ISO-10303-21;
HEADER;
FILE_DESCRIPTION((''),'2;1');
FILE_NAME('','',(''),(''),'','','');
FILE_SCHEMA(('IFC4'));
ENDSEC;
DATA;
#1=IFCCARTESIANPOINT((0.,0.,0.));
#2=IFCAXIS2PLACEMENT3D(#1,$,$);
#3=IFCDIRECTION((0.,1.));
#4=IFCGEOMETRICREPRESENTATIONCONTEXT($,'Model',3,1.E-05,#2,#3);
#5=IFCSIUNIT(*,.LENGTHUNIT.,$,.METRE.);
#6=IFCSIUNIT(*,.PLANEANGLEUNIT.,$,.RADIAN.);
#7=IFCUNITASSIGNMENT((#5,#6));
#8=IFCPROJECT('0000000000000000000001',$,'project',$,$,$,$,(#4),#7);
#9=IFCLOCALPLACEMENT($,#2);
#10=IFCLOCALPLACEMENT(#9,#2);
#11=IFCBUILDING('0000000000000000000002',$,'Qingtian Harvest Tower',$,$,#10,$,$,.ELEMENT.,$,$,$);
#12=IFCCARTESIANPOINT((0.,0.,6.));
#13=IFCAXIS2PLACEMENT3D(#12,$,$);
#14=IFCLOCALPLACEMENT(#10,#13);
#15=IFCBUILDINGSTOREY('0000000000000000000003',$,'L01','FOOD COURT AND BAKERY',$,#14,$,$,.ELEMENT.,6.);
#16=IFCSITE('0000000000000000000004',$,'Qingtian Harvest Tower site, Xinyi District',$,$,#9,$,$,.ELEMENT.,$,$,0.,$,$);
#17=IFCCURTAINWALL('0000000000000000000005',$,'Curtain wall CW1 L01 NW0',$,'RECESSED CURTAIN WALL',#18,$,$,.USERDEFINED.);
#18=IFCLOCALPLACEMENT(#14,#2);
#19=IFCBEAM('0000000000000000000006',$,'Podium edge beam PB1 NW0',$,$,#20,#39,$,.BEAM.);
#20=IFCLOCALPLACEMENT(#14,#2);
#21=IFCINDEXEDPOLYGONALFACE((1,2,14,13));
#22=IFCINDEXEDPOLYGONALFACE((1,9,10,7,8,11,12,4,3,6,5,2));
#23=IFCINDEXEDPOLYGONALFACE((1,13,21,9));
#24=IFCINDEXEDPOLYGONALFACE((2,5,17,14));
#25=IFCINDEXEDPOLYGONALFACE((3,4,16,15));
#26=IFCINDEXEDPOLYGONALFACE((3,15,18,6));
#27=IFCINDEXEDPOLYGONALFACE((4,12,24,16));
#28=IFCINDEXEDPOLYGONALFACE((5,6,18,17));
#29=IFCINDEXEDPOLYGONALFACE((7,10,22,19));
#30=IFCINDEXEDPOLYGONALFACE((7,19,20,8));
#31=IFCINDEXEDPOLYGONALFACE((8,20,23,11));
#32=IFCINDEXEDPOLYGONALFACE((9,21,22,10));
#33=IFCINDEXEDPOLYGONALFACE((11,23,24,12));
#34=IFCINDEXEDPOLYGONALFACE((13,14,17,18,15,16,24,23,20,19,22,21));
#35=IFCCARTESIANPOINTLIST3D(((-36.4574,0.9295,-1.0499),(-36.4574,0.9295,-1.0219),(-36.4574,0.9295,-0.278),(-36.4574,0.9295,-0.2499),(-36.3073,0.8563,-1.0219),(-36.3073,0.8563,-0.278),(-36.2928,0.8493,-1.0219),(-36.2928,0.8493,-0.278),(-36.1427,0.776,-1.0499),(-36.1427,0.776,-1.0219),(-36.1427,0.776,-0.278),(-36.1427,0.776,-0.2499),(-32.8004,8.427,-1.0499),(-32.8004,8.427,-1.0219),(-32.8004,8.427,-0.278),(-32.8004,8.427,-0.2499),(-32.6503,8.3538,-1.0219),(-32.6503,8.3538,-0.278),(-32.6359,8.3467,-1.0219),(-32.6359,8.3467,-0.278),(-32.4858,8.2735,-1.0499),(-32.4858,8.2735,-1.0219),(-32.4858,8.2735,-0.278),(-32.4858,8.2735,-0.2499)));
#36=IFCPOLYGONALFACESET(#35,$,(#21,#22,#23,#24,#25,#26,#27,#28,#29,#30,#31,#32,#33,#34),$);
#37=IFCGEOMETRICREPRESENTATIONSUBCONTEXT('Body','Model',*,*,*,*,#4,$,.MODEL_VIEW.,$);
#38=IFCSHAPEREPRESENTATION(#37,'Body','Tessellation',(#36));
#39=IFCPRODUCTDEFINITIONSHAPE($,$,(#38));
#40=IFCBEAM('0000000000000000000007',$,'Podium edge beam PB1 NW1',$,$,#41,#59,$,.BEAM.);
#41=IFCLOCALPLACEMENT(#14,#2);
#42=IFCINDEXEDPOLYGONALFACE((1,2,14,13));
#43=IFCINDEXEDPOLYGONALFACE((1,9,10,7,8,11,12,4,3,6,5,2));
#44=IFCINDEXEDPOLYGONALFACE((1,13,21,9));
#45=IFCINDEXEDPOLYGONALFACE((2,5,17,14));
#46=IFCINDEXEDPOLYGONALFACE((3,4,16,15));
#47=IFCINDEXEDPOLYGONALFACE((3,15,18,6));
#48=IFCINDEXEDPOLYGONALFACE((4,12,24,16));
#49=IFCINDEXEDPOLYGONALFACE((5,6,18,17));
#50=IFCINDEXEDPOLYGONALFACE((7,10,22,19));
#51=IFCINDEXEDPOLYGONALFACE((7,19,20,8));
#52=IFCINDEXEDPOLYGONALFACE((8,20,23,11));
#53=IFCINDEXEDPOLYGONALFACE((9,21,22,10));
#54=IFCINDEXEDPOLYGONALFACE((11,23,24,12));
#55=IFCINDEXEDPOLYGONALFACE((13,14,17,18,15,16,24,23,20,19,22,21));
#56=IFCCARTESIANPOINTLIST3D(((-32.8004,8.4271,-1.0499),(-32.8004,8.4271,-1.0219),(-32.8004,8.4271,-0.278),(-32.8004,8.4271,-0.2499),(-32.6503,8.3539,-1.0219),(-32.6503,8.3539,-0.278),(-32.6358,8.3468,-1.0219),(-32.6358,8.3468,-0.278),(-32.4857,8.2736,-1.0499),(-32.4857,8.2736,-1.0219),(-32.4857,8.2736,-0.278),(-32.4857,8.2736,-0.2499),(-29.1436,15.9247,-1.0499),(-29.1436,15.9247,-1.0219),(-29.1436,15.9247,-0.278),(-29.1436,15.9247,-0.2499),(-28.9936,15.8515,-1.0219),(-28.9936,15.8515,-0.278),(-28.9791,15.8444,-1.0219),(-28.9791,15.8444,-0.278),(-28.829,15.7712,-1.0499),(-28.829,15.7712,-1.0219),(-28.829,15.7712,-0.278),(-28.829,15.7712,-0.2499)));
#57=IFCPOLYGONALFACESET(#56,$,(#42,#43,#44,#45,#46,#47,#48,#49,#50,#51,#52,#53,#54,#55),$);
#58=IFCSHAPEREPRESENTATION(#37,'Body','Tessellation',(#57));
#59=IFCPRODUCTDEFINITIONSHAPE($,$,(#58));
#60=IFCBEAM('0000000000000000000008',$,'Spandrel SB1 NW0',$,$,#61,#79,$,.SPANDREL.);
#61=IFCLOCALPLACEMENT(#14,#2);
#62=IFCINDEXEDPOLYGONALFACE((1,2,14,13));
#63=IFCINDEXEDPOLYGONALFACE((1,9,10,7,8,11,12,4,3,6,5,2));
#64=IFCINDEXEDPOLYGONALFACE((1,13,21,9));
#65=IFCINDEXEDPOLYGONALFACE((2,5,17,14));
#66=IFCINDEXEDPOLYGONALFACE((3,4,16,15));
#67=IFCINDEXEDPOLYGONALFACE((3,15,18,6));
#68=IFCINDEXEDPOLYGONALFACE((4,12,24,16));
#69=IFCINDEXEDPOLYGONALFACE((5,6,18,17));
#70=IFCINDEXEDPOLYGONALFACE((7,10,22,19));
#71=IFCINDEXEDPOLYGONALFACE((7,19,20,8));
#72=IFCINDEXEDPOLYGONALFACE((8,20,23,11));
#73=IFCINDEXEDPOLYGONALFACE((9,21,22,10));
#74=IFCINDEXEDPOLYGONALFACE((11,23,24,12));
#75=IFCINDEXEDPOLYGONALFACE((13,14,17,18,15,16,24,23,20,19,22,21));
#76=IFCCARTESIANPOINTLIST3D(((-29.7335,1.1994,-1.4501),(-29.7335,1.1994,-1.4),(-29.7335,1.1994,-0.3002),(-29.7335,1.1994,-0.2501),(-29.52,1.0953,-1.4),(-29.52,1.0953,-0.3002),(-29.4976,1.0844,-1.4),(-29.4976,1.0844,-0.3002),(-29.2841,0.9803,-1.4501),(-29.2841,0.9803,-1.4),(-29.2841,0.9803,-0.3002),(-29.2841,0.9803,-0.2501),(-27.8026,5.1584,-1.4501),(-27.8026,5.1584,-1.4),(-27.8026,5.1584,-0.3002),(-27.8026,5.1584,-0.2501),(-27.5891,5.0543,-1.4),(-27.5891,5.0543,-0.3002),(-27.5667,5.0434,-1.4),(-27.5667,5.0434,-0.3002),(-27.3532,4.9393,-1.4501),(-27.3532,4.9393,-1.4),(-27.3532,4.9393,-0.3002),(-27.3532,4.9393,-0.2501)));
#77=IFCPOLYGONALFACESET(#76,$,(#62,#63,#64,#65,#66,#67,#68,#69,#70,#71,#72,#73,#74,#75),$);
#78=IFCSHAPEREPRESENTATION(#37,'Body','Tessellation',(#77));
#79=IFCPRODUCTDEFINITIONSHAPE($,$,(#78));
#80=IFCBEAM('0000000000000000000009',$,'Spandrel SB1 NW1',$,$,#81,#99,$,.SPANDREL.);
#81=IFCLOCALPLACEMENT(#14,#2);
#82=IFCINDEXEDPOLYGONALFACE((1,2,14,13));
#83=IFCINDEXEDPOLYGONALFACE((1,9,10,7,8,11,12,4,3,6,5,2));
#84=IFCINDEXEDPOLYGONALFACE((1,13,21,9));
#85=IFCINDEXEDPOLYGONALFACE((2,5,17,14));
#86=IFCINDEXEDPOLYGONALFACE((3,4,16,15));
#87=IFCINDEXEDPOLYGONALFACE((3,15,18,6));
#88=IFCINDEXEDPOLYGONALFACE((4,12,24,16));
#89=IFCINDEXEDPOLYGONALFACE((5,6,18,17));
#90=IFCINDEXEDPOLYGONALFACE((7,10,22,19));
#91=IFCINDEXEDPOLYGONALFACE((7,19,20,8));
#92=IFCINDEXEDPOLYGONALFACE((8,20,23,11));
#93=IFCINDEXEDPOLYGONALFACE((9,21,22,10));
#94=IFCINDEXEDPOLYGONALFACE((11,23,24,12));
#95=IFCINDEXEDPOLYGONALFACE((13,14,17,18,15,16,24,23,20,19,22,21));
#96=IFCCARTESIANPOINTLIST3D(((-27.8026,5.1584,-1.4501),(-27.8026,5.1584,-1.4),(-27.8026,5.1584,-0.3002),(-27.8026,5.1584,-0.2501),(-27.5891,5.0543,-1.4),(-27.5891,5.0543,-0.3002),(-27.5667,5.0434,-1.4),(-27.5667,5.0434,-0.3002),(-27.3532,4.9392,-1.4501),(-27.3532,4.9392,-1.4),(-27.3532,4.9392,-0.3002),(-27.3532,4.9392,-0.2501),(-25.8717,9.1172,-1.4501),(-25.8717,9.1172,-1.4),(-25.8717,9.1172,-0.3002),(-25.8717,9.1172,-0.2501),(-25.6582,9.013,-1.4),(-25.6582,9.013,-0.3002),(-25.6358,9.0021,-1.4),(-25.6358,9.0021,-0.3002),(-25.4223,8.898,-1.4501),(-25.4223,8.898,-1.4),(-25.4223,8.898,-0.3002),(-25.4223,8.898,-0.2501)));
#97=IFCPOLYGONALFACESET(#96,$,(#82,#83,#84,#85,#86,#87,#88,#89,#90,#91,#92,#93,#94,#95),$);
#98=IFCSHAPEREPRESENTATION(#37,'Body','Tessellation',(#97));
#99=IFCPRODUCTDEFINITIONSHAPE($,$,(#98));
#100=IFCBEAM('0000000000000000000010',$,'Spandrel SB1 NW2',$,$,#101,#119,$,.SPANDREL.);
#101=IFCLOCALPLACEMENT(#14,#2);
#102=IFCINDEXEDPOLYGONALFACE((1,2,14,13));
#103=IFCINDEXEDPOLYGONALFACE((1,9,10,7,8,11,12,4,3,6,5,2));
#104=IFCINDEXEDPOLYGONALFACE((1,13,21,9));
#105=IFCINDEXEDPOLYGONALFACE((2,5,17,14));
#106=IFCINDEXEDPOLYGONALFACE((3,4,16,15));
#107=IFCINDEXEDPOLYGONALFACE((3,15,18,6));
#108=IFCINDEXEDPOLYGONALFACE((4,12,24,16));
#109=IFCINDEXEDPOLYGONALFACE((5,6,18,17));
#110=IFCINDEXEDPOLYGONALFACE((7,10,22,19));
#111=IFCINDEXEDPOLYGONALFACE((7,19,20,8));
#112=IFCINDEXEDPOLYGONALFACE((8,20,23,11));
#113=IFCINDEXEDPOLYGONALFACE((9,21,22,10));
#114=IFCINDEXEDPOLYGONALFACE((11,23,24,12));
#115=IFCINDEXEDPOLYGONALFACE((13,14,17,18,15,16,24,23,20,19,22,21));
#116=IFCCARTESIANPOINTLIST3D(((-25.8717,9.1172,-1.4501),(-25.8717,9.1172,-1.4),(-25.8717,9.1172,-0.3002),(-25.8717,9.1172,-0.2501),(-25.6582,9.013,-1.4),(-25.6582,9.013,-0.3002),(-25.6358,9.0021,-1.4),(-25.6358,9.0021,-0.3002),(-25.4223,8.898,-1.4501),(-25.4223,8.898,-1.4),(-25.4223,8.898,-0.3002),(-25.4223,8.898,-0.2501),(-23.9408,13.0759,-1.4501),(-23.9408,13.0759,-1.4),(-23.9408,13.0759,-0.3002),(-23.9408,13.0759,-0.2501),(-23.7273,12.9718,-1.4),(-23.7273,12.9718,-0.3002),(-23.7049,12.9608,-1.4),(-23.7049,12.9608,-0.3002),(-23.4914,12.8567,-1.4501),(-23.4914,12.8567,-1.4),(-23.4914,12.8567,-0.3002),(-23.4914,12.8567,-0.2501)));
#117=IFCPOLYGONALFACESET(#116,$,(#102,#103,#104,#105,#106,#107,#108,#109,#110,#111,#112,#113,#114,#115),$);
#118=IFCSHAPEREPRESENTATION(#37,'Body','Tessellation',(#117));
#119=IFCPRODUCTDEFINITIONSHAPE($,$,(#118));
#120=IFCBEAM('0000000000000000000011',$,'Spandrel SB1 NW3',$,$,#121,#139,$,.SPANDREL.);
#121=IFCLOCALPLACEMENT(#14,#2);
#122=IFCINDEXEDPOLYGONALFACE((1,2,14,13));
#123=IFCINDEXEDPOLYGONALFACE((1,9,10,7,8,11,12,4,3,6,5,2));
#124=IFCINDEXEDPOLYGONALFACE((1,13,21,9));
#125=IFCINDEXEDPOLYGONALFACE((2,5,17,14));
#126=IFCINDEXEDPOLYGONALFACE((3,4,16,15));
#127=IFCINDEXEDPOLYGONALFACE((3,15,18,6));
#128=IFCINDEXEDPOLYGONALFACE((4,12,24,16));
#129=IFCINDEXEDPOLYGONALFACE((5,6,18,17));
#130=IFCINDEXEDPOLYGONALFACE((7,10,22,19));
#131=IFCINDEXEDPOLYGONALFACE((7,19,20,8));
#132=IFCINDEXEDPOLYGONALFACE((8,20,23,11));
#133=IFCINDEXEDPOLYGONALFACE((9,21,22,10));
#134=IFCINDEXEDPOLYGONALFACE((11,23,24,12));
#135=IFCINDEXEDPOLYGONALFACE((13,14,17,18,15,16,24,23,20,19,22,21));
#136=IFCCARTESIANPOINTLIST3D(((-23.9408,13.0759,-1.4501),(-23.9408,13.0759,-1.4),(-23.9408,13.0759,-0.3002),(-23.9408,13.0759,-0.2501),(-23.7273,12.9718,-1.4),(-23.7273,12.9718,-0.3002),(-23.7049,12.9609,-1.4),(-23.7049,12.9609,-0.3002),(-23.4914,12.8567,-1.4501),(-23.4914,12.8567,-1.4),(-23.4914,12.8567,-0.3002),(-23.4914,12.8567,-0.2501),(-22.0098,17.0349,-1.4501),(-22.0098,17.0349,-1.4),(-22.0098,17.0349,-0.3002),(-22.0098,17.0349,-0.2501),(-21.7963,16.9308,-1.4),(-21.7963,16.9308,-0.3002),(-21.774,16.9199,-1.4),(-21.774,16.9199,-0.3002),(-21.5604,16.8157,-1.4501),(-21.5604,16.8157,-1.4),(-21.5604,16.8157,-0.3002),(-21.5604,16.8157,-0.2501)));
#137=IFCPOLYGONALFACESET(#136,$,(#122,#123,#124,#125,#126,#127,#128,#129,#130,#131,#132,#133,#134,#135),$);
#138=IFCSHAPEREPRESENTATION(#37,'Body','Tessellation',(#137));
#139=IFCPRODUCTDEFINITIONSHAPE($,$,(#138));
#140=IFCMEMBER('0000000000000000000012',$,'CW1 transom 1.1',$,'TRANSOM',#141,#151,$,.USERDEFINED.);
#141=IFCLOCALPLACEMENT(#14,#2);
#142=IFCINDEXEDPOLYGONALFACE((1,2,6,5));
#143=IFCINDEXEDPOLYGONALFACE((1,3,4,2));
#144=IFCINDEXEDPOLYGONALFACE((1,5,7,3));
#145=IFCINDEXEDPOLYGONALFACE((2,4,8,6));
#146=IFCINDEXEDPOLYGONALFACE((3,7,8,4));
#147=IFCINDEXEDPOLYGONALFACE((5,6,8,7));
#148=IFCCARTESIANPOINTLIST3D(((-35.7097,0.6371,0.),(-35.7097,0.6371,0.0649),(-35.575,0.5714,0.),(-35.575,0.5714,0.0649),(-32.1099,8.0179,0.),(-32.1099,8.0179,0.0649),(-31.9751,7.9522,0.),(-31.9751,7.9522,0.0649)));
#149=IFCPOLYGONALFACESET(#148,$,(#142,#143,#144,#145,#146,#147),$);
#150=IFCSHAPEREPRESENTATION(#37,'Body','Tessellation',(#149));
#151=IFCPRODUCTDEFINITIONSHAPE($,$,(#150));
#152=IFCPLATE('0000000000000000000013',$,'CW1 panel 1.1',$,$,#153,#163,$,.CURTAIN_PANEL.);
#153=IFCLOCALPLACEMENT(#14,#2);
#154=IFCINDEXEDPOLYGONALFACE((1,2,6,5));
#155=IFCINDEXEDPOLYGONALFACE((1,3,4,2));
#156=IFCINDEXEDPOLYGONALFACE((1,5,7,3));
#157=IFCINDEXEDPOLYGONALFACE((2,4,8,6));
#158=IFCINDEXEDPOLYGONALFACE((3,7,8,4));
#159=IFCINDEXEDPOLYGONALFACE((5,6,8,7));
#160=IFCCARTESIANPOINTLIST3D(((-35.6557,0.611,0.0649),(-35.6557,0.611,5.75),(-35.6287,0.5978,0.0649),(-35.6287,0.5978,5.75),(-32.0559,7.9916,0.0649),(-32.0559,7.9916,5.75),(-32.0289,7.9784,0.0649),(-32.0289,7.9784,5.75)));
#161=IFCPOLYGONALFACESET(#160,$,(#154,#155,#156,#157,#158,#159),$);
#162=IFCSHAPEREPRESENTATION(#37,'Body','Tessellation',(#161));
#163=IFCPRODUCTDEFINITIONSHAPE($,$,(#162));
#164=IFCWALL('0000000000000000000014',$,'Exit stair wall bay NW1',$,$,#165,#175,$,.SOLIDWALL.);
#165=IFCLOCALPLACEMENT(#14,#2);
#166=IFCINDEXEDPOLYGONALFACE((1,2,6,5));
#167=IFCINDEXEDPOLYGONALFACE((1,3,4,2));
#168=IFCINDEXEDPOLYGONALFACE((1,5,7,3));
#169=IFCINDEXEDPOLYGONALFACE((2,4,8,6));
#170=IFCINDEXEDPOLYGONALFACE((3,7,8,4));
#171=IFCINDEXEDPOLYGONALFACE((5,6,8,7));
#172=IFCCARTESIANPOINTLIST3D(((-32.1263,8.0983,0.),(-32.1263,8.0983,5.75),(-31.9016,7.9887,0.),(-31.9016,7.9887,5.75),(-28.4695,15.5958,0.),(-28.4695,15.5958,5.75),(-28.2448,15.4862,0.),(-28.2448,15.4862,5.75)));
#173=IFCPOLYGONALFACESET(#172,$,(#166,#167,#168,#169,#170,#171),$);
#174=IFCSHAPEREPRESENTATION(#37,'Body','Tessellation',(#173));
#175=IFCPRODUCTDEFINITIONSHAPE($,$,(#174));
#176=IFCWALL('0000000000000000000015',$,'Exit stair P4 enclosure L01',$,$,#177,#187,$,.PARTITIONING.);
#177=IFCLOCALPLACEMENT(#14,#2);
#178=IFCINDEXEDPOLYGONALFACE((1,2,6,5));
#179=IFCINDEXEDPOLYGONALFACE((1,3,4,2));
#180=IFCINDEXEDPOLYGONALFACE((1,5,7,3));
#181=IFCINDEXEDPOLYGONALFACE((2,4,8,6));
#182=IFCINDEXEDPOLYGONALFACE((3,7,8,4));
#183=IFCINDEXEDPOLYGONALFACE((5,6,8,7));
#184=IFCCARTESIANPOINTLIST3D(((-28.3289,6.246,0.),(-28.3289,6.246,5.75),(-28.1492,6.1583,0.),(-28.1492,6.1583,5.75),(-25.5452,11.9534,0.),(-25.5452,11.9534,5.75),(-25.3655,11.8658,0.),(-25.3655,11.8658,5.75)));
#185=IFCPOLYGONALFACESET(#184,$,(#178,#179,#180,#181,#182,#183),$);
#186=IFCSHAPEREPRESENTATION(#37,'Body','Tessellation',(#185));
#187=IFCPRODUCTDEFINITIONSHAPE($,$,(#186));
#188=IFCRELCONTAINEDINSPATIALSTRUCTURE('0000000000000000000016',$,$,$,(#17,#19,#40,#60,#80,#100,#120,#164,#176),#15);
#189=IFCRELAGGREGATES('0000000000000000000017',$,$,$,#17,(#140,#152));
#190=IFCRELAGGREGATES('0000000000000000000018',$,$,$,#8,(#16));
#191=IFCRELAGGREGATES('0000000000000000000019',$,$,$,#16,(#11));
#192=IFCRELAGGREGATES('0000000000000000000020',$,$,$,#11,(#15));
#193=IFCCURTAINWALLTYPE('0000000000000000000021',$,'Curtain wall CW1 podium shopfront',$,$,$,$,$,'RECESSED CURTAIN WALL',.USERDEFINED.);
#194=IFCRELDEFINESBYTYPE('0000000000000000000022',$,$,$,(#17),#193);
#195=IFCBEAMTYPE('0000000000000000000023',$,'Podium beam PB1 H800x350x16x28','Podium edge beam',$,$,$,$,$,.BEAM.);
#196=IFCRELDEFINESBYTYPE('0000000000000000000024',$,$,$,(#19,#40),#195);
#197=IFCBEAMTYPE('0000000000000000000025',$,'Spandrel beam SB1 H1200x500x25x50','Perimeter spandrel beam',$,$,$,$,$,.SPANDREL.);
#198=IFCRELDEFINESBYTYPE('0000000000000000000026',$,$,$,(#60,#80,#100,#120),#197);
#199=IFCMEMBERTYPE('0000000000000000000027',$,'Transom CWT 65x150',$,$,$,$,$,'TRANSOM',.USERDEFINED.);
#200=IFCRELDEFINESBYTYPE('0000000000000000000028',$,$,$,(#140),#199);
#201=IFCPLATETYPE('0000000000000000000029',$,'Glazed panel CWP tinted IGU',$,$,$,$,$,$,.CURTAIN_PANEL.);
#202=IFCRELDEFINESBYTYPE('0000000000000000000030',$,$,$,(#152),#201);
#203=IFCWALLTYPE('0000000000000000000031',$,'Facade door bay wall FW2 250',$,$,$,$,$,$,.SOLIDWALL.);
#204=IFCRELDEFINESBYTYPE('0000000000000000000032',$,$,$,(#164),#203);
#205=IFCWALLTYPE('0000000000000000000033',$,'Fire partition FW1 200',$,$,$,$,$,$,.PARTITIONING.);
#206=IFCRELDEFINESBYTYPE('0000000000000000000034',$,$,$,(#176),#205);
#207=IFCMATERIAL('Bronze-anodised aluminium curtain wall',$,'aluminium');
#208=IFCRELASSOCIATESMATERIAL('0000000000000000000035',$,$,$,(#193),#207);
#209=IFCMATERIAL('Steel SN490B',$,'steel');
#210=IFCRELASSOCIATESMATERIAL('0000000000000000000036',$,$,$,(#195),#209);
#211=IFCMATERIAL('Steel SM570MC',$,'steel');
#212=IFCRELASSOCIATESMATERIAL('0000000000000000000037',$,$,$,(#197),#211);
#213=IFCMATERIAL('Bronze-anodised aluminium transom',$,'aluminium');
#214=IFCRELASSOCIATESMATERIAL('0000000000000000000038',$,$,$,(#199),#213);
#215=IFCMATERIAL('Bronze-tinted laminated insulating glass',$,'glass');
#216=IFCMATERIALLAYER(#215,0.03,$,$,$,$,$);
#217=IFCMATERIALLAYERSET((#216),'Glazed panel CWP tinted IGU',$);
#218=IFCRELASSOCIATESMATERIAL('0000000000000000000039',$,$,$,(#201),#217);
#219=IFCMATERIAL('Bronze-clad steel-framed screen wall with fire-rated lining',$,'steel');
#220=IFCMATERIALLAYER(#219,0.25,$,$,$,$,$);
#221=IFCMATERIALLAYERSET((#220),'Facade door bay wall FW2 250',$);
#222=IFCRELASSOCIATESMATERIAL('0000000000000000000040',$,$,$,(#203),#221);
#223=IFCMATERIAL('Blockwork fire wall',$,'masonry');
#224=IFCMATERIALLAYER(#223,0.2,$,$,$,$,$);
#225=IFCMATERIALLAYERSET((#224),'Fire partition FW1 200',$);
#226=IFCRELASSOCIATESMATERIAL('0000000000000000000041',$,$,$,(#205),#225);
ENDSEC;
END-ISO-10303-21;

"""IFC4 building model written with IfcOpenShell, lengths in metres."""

from ifc_helpers import new_model, si_unit, direction, frame, frame_2d, origin, origin_2d, place, context, subcontext, project, spatial, rectangle, i_section, extrude, material, layer, layer_set, material_profile, profile_set, type_object, element, aggregate, save


model = new_model("IFC4")

# Units and contexts
model_context = context("Model", 3, precision=1e-05, world=origin(), true_north=direction((0.0, 1.0)))
body_context = subcontext(model_context, "Body", "Model", "MODEL_VIEW")
ifc_project = project(units=[si_unit("LENGTHUNIT", "METRE"), si_unit("PLANEANGLEUNIT", "RADIAN")], contexts=[model_context])

# Site, building, storey
site_placement = place(None, origin())
site = spatial("IfcSite", under=ifc_project, at=site_placement, Name="Qingtian Harvest Tower site, Xinyi District", CompositionType="ELEMENT", RefElevation=0.0)
building_placement = place(site_placement, origin())
building = spatial("IfcBuilding", under=site, at=building_placement, Name="Qingtian Harvest Tower", CompositionType="ELEMENT")
storey_placement = place(building_placement, frame((0.0, 0.0, 6.0)))
storey = spatial("IfcBuildingStorey", under=building, at=storey_placement, Name="L01", Description="FOOD COURT AND BAKERY", CompositionType="ELEMENT", Elevation=6.0)

# Shared definitions
ifc_material_1 = material(Name="Bronze-anodised aluminium curtain wall", Category="aluminium")
curtain_wall_type = type_object("IfcCurtainWallType", Name="Curtain wall CW1 podium shopfront", ElementType="RECESSED CURTAIN WALL", PredefinedType="USERDEFINED", material=ifc_material_1)

# Curtain wall
curtain_wall_1_placement = place(storey_placement, origin())
curtain_wall_1 = element("IfcCurtainWall", 1, at=curtain_wall_1_placement, inside=storey, type_object=curtain_wall_type, Name="Curtain wall CW1 L01 NW0", ObjectType="RECESSED CURTAIN WALL", PredefinedType="USERDEFINED")

# Beams
ifc_material_2 = material(Name="Steel SN490B", Category="steel")
ifc_material_profile_1 = material_profile(ifc_material_2, i_section(OverallWidth=0.3501, OverallDepth=0.8, WebThickness=0.0161, FlangeThickness=0.0281, at=origin_2d()), Name="H800x350x16x28")
ifc_profile_set_1 = profile_set([ifc_material_profile_1], Name="Steel SN490B")
beam_type_1 = type_object("IfcBeamType", Name="Podium beam PB1 H800x350x16x28", Description="Podium edge beam", PredefinedType="BEAM", material=ifc_profile_set_1)
for number, where, z_axis, x_axis, name in (
    (2, (-36.3, 0.8528, -0.6499), (0.438388, 0.898786, 0.0), (-0.898786, 0.438388, 0.0), "Podium edge beam PB1 NW0"),
    (3, (-32.6431, 8.3503, -0.6499), (0.438365, 0.898797, 0.0), (-0.898797, 0.438365, 0.0), "Podium edge beam PB1 NW1"),
):
    element("IfcBeam", number, at=place(storey_placement, frame(where, z_axis=z_axis, x_axis=x_axis)), inside=storey, type_object=beam_type_1, Name=name, PredefinedType="BEAM", context=body_context, shape_type="SweptSolid", body=[
        extrude(i_section(OverallWidth=0.3501, OverallDepth=0.8, WebThickness=0.0161, FlangeThickness=0.0281, at=origin_2d()), origin(), (0.0, 0.0, 1.0), 8.3418),
    ])
ifc_material_3 = material(Name="Steel SM570MC", Category="steel")
ifc_material_profile_2 = material_profile(ifc_material_3, i_section(OverallWidth=0.5, OverallDepth=1.2, WebThickness=0.0249, FlangeThickness=0.05, at=origin_2d()), Name="H1200x500x25x50")
ifc_profile_set_2 = profile_set([ifc_material_profile_2], Name="Steel SM570MC")
beam_type_2 = type_object("IfcBeamType", Name="Spandrel beam SB1 H1200x500x25x50", Description="Perimeter spandrel beam", PredefinedType="SPANDREL", material=ifc_profile_set_2)
beam_1_placement = place(storey_placement, frame((-29.5088, 1.0898, -0.8501), z_axis=(0.438368, 0.898796, 0.0), x_axis=(-0.898796, 0.438368, 0.0)))
element("IfcBeam", 4, at=beam_1_placement, inside=storey, type_object=beam_type_2, Name="Spandrel SB1 NW0", PredefinedType="SPANDREL", context=body_context, shape_type="SweptSolid", body=[
    extrude(i_section(OverallWidth=0.5, OverallDepth=1.2, WebThickness=0.0249, FlangeThickness=0.05, at=origin_2d()), origin(), (0.0, 0.0, 1.0), 4.4048),
])
for number, where, z_axis, x_axis, name in (
    (5, (-27.5779, 5.0488, -0.8501), (0.43839, 0.898785, 0.0), (-0.898785, 0.43839, 0.0), "Spandrel SB1 NW1"),
    (6, (-25.647, 9.0076, -0.8501), (0.43839, 0.898785, 0.0), (-0.898785, 0.43839, 0.0), "Spandrel SB1 NW2"),
):
    element("IfcBeam", number, at=place(storey_placement, frame(where, z_axis=z_axis, x_axis=x_axis)), inside=storey, type_object=beam_type_2, Name=name, PredefinedType="SPANDREL", context=body_context, shape_type="SweptSolid", body=[
        extrude(i_section(OverallWidth=0.5, OverallDepth=1.2, WebThickness=0.0249, FlangeThickness=0.05, at=origin_2d()), origin(), (0.0, 0.0, 1.0), 4.4045),
    ])
beam_2_placement = place(storey_placement, frame((-23.7161, 12.9663, -0.8501), z_axis=(0.438368, 0.898796, 0.0), x_axis=(-0.898796, 0.438368, 0.0)))
element("IfcBeam", 7, at=beam_2_placement, inside=storey, type_object=beam_type_2, Name="Spandrel SB1 NW3", PredefinedType="SPANDREL", context=body_context, shape_type="SweptSolid", body=[
    extrude(i_section(OverallWidth=0.5, OverallDepth=1.2, WebThickness=0.0249, FlangeThickness=0.05, at=origin_2d()), origin(), (0.0, 0.0, 1.0), 4.4048),
])

# Member
ifc_material_4 = material(Name="Bronze-anodised aluminium transom", Category="aluminium")
ifc_material_profile_3 = material_profile(ifc_material_4, rectangle(XDim=0.1499, YDim=0.0649, at=origin_2d()), Name="AL 65x150")
ifc_profile_set_3 = profile_set([ifc_material_profile_3], Name="Bronze-anodised aluminium transom")
member_type_1 = type_object("IfcMemberType", Name="Transom CWT 65x150", ElementType="TRANSOM", PredefinedType="USERDEFINED", material=ifc_profile_set_3)
member_1_placement = place(storey_placement, frame((-35.6423, 0.6042, 0.0325), z_axis=(0.438368, 0.898796, 0.0), x_axis=(-0.898796, 0.438368, 0.0)))
member_1 = element("IfcMember", 8, at=member_1_placement, type_object=member_type_1, Name="CW1 transom 1.1", ObjectType="TRANSOM", PredefinedType="USERDEFINED", context=body_context, shape_type="SweptSolid", body=[
    extrude(rectangle(XDim=0.1499, YDim=0.0649, at=origin_2d()), origin(), (0.0, 0.0, 1.0), 8.2119),
])

# Plate
ifc_material_5 = material(Name="Bronze-tinted laminated insulating glass", Category="glass")
ifc_layer_1 = layer(ifc_material_5, 0.03)
ifc_layer_set_1 = layer_set([ifc_layer_1], Name="Glazed panel CWP tinted IGU")
plate_type = type_object("IfcPlateType", Name="Glazed panel CWP tinted IGU", PredefinedType="CURTAIN_PANEL", material=ifc_layer_set_1)
plate_placement = place(storey_placement, frame((-33.8423, 4.2947, 0.0649), z_axis=(0.0, 0.0, 1.0), x_axis=(0.438371, 0.898794, 0.0)))
plate = element("IfcPlate", 9, at=plate_placement, type_object=plate_type, Name="CW1 panel 1.1", PredefinedType="CURTAIN_PANEL", context=body_context, shape_type="SweptSolid", body=[
    extrude(rectangle(XDim=8.2117, YDim=0.03, at=origin_2d()), origin(), (0.0, 0.0, 1.0), 5.6851),
])
aggregate(curtain_wall_1, [member_1, plate])

# Wall
ifc_material_6 = material(Name="Bronze-clad steel-framed screen wall with fire-rated lining", Category="steel")
ifc_layer_2 = layer(ifc_material_6, 0.25)
ifc_layer_set_2 = layer_set([ifc_layer_2], Name="Facade door bay wall FW2 250")
wall_type_1 = type_object("IfcWallType", Name="Facade door bay wall FW2 250", PredefinedType="SOLIDWALL", material=ifc_layer_set_2)
wall_1_placement = place(storey_placement, frame((-32.0139, 8.0435, 0.0), z_axis=(0.0, 0.0, 1.0), x_axis=(0.438365, 0.898797, 0.0)))
element("IfcWall", 10, at=wall_1_placement, inside=storey, type_object=wall_type_1, Name="Exit stair wall bay NW1", PredefinedType="SOLIDWALL", context=body_context, shape_type="SweptSolid", body=[
    extrude(rectangle(XDim=8.3418, YDim=0.25, at=frame_2d((4.1709, 0.0))), origin(), (0.0, 0.0, 1.0), 5.75),
])

# Shared definitions
ifc_material_7 = material(Name="Blockwork fire wall", Category="masonry")
ifc_layer_3 = layer(ifc_material_7, 0.2)
ifc_layer_set_3 = layer_set([ifc_layer_3], Name="Fire partition FW1 200")
wall_type_2 = type_object("IfcWallType", Name="Fire partition FW1 200", PredefinedType="PARTITIONING", material=ifc_layer_set_3)

# Wall
wall_2_placement = place(storey_placement, frame((-28.239, 6.2021, 0.0), z_axis=(0.0, 0.0, 1.0), x_axis=(0.438365, 0.898797, 0.0)))
element("IfcWall", 11, at=wall_2_placement, inside=storey, type_object=wall_type_2, Name="Exit stair P4 enclosure L01", PredefinedType="PARTITIONING", context=body_context, shape_type="SweptSolid", body=[
    extrude(rectangle(XDim=6.3501, YDim=0.2, at=frame_2d((3.175, 0.0))), origin(), (0.0, 0.0, 1.0), 5.75),
])

save(model, "model.ifc")
